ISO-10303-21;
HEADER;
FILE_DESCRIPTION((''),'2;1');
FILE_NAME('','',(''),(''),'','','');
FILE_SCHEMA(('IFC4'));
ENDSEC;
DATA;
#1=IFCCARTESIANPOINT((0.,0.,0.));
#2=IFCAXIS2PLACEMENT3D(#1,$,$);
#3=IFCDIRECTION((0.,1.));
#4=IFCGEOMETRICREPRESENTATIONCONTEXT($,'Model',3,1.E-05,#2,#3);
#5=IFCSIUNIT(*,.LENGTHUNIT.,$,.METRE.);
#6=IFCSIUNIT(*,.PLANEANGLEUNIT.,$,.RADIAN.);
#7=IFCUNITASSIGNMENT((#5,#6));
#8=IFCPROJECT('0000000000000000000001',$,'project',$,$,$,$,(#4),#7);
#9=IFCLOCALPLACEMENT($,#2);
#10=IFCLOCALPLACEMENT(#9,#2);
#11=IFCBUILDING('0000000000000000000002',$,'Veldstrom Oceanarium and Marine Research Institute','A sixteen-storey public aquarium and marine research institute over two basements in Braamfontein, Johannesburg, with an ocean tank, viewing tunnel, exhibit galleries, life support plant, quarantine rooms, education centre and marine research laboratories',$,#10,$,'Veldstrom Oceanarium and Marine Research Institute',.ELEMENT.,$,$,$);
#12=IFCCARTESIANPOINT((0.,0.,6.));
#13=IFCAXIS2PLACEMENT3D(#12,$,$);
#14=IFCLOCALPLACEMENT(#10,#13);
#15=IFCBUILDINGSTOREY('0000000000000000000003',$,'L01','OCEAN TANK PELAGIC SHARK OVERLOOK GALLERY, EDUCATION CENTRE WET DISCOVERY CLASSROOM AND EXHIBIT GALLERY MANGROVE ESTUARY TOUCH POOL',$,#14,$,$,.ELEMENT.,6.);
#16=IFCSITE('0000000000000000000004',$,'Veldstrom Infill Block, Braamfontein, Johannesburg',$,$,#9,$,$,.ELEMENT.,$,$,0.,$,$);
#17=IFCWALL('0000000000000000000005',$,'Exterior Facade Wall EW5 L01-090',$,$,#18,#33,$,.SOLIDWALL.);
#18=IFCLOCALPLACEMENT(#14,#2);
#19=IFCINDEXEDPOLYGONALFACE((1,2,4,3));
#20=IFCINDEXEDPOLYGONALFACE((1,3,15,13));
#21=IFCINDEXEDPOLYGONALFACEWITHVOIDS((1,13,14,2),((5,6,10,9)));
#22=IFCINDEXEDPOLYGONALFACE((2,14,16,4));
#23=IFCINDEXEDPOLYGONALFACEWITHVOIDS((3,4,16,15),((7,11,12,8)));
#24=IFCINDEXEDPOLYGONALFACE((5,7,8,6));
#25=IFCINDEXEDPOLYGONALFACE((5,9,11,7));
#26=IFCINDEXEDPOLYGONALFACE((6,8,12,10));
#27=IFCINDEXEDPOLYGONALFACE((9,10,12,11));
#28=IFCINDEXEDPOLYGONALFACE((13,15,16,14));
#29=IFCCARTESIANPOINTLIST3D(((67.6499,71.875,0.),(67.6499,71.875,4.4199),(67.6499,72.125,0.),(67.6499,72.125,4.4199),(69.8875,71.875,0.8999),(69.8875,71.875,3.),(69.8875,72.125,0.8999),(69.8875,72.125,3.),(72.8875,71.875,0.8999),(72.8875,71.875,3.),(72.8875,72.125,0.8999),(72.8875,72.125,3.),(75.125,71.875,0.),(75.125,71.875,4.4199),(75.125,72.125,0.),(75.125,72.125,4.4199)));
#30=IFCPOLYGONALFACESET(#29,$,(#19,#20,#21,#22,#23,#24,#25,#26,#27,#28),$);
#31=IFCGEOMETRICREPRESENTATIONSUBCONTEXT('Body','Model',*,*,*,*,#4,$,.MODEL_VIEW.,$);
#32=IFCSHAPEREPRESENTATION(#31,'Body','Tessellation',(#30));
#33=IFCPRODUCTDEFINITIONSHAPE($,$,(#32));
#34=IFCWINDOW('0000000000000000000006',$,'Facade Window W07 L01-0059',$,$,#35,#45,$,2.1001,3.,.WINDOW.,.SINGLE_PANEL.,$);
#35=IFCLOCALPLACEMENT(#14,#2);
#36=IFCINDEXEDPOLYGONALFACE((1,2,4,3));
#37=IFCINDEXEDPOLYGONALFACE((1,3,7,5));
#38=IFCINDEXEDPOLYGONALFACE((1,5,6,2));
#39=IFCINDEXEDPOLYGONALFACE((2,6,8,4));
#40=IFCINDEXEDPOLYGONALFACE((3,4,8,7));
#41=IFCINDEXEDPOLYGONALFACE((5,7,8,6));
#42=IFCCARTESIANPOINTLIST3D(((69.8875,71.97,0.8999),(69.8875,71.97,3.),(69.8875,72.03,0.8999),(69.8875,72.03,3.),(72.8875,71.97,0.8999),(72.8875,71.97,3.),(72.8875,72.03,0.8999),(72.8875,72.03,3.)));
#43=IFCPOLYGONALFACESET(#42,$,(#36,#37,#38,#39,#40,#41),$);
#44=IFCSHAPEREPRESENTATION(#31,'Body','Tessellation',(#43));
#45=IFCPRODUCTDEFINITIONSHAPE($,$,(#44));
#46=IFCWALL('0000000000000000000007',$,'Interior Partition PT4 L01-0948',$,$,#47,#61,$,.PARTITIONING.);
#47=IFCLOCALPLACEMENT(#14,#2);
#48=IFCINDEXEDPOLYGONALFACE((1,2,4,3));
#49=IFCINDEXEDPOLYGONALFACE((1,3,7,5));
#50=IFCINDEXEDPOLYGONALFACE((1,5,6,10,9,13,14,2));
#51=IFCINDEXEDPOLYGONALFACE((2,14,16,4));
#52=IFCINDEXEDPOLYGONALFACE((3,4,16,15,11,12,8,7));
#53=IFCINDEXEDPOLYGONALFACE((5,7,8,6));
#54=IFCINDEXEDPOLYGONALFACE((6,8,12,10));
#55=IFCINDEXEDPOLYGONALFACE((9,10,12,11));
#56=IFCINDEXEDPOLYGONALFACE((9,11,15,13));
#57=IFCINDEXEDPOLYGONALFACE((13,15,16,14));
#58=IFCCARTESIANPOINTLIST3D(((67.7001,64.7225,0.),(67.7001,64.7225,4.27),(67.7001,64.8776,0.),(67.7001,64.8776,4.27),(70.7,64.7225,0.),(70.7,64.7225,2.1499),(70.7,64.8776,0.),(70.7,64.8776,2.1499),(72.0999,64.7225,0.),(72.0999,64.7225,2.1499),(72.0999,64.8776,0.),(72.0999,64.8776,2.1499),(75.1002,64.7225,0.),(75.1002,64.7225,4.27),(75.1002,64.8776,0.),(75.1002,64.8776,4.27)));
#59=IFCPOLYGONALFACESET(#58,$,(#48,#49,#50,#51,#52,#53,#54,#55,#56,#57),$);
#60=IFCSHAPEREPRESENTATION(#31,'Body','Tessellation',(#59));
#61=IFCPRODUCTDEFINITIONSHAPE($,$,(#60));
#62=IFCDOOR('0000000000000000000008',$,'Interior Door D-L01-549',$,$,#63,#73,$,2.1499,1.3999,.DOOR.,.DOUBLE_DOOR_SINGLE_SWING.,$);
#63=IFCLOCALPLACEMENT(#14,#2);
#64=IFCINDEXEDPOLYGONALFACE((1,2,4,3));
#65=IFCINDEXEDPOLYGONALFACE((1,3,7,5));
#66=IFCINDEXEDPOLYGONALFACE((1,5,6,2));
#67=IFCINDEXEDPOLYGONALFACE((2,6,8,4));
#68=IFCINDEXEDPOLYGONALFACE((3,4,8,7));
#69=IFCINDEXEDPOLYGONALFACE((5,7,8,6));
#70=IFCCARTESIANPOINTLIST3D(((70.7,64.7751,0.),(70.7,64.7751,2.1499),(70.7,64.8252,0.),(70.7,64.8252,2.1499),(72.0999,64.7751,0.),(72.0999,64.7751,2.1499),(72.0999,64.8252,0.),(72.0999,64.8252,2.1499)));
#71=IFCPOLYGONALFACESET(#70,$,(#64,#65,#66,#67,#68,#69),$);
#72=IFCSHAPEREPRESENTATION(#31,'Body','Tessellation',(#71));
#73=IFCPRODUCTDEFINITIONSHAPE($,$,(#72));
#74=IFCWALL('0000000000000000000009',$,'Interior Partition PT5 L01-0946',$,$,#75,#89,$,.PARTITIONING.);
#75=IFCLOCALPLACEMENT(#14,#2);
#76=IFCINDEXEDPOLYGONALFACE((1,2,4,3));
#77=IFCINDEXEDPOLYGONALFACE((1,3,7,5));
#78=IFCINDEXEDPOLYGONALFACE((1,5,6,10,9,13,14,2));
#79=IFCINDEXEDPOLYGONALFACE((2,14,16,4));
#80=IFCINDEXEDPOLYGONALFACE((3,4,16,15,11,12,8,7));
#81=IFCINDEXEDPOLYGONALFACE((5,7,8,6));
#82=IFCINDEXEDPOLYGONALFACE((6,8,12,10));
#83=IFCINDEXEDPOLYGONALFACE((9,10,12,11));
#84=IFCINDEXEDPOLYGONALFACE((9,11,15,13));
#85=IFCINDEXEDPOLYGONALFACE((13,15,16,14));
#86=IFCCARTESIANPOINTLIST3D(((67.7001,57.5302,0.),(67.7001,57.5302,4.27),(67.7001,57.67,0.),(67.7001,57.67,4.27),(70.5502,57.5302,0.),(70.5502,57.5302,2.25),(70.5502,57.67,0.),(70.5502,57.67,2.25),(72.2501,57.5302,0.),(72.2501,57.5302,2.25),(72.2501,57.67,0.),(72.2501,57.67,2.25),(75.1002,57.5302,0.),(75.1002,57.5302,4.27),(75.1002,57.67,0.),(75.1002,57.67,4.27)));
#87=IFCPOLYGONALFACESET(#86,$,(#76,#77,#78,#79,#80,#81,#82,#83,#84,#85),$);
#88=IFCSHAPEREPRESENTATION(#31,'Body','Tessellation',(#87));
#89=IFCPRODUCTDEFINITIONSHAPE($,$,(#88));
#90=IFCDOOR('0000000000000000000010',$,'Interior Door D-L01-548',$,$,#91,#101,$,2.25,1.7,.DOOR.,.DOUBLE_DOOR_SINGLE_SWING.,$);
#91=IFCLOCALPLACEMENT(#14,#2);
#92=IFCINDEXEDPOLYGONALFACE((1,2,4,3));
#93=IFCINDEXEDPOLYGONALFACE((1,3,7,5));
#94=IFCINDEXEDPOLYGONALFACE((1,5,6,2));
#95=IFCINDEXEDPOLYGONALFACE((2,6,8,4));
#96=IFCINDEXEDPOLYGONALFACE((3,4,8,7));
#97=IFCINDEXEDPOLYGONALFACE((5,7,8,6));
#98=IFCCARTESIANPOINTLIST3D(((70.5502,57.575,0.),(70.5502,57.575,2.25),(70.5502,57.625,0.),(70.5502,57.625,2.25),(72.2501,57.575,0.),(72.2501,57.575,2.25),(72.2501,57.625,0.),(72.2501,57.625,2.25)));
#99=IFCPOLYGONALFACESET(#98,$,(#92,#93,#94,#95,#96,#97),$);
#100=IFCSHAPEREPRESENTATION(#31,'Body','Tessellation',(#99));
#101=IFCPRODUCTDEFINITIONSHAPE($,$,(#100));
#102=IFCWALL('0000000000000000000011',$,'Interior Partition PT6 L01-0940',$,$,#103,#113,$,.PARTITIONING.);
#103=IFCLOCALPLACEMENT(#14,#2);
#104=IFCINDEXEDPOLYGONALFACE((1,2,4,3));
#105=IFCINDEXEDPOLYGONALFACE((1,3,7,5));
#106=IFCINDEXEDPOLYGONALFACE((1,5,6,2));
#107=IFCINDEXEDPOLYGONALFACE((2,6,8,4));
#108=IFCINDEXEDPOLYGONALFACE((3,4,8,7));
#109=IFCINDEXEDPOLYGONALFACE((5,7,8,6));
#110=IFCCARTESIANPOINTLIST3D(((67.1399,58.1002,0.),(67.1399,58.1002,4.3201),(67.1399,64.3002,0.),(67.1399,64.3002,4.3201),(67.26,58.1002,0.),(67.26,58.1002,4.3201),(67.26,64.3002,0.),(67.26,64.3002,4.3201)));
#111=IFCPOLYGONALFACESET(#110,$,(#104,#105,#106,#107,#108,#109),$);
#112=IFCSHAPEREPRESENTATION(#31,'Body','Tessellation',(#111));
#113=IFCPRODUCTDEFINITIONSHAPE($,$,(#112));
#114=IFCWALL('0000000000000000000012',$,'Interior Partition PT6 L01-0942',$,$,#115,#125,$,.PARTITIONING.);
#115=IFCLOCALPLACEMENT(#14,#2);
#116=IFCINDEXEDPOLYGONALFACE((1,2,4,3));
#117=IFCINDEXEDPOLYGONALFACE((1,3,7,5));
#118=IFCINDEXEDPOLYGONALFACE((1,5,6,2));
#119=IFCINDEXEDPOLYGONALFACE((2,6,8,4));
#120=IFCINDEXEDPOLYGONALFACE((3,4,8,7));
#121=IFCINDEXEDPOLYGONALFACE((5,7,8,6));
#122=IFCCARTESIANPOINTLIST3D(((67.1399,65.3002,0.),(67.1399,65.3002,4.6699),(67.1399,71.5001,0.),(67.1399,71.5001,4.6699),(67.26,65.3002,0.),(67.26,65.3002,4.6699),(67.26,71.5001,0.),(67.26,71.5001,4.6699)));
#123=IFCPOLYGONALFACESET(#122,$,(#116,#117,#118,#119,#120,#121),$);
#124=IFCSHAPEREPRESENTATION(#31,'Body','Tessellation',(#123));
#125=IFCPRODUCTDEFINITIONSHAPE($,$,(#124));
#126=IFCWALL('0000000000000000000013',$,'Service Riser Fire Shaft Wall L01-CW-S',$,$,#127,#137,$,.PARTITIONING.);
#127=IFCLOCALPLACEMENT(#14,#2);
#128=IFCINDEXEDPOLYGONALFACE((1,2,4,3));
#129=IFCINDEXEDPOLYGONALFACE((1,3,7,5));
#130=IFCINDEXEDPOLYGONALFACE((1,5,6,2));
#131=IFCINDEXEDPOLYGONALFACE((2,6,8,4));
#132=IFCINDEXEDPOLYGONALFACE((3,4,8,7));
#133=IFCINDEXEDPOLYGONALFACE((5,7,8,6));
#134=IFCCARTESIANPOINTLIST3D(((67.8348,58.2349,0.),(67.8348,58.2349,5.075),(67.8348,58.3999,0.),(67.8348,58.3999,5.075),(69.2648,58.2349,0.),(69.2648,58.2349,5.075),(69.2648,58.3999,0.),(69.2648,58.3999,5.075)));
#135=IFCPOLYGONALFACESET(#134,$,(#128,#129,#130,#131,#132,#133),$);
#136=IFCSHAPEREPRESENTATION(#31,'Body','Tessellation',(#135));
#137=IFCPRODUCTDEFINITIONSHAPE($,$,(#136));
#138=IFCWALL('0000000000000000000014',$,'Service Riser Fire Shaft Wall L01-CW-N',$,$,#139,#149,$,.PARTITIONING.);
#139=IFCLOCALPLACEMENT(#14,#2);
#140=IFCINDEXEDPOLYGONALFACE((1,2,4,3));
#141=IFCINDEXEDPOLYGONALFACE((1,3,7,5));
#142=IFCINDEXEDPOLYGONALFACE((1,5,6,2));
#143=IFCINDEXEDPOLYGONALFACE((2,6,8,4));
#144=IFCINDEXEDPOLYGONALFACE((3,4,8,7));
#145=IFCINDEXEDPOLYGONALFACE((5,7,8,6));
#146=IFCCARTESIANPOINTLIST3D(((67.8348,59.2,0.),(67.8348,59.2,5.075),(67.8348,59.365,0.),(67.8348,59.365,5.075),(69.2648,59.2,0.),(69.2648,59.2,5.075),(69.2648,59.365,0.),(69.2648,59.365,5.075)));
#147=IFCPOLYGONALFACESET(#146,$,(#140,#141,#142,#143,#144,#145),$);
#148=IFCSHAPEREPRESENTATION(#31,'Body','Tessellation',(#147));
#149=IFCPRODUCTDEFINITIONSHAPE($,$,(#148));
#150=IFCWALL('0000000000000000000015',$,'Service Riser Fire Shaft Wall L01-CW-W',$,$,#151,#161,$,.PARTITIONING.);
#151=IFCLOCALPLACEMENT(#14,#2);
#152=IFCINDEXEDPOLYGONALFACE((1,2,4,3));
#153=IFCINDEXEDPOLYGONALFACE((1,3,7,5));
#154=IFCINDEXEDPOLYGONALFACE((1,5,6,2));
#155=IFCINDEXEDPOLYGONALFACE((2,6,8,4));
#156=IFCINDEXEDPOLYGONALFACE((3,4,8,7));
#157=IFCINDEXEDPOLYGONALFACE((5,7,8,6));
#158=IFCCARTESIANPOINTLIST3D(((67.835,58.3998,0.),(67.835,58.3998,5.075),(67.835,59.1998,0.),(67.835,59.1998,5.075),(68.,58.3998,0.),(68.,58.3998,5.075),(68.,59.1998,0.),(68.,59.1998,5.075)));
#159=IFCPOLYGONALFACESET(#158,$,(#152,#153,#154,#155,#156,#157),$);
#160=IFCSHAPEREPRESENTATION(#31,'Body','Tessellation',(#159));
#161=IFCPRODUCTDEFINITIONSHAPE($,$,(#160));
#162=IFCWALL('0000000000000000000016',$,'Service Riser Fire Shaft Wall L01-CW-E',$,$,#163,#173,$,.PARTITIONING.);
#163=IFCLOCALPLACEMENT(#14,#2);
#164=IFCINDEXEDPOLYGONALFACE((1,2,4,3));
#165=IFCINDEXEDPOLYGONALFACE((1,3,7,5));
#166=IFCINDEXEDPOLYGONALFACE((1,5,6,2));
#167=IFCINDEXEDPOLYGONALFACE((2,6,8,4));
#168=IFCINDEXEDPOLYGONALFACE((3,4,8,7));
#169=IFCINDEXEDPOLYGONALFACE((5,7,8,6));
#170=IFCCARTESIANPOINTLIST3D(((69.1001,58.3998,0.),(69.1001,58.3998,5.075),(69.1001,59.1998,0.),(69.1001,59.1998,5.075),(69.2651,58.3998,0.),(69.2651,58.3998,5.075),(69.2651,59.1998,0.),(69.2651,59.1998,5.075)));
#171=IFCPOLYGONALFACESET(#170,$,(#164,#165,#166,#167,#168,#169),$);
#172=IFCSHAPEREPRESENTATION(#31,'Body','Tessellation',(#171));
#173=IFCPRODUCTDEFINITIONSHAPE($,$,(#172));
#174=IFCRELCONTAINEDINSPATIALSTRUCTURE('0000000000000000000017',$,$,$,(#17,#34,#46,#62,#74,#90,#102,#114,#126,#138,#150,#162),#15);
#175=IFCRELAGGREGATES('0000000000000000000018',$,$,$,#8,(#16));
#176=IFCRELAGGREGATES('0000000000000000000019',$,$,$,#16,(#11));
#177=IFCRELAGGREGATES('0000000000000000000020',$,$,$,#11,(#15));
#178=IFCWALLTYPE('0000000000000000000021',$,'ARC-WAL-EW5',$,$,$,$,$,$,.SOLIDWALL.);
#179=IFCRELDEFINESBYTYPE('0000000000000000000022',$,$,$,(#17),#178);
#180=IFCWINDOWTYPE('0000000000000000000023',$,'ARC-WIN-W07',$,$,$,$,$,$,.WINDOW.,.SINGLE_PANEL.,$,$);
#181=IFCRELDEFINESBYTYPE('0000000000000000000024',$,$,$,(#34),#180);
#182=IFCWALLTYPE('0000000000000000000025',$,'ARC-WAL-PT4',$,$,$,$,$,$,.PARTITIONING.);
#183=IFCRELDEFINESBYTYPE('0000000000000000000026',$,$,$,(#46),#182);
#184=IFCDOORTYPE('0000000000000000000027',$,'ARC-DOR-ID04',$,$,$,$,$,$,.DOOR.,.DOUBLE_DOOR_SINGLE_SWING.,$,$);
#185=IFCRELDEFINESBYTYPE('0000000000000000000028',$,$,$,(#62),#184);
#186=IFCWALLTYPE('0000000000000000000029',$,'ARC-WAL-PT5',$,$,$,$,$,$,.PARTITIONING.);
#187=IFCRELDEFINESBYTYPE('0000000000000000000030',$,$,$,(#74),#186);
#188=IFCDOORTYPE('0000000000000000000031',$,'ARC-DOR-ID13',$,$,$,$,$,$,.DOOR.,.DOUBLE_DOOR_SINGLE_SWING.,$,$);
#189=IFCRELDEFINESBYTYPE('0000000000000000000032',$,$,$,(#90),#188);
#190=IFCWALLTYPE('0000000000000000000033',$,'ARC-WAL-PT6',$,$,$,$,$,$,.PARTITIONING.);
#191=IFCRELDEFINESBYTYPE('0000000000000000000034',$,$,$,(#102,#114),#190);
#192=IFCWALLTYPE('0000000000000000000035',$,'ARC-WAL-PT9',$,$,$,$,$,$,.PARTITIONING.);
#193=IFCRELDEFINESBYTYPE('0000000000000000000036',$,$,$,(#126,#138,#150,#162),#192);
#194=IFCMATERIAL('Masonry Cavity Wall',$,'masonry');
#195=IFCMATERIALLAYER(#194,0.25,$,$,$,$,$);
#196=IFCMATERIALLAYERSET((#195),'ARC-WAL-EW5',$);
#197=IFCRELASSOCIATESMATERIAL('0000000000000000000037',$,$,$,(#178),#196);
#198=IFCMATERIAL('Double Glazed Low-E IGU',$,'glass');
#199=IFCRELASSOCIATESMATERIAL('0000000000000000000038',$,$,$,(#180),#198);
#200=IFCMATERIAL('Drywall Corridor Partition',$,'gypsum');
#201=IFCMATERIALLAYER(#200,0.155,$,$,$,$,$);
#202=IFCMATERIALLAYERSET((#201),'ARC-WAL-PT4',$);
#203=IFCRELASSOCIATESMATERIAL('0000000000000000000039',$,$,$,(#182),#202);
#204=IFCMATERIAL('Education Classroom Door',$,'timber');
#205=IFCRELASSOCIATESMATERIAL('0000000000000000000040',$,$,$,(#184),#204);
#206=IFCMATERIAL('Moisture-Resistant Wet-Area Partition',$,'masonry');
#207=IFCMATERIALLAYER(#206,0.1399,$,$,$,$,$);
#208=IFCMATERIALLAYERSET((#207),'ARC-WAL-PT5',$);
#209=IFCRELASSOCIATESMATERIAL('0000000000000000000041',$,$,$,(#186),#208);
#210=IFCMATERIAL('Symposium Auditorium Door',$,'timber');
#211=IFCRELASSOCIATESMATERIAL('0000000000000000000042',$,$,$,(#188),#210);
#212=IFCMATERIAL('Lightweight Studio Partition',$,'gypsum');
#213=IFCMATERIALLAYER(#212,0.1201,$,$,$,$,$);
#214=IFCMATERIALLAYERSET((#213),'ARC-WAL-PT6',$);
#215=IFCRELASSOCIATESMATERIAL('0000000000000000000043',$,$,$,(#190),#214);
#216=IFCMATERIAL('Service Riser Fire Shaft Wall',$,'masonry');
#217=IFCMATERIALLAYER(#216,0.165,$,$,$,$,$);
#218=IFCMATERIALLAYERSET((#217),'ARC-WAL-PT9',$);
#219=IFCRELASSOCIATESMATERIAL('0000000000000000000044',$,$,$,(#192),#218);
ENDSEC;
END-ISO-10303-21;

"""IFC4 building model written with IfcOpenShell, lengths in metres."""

from ifc_helpers import new_model, si_unit, direction, frame, frame_2d, origin, place, context, subcontext, project, spatial, rectangle, extrude, material, layer, layer_set, type_object, element, fill, save


model = new_model("IFC4")

# Units and contexts
model_context = context("Model", 3, precision=1e-05, world=origin(), true_north=direction((0.0, 1.0)))
body_context = subcontext(model_context, "Body", "Model", "MODEL_VIEW")
ifc_project = project(units=[si_unit("LENGTHUNIT", "METRE"), si_unit("PLANEANGLEUNIT", "RADIAN")], contexts=[model_context])

# Site, building, storey
site_placement = place(None, origin())
site = spatial("IfcSite", under=ifc_project, at=site_placement, Name="Veldstrom Infill Block, Braamfontein, Johannesburg", CompositionType="ELEMENT", RefElevation=0.0)
building_placement = place(site_placement, origin())
building = spatial("IfcBuilding", under=site, at=building_placement, Name="Veldstrom Oceanarium and Marine Research Institute", Description="A sixteen-storey public aquarium and marine research institute over two basements in Braamfontein, Johannesburg, with an ocean tank, viewing tunnel, exhibit galleries, life support plant, quarantine rooms, education centre and marine research laboratories", LongName="Veldstrom Oceanarium and Marine Research Institute", CompositionType="ELEMENT")
storey_placement = place(building_placement, frame((0.0, 0.0, 6.0)))
storey = spatial("IfcBuildingStorey", under=building, at=storey_placement, Name="L01", Description="OCEAN TANK PELAGIC SHARK OVERLOOK GALLERY, EDUCATION CENTRE WET DISCOVERY CLASSROOM AND EXHIBIT GALLERY MANGROVE ESTUARY TOUCH POOL", CompositionType="ELEMENT", Elevation=6.0)

# Wall, opening, window
ifc_material_1 = material(Name="Masonry Cavity Wall", Category="masonry")
ifc_layer_1 = layer(ifc_material_1, 0.25)
ifc_layer_set_1 = layer_set([ifc_layer_1], Name="ARC-WAL-EW5")
wall_type_1 = type_object("IfcWallType", Name="ARC-WAL-EW5", PredefinedType="SOLIDWALL", material=ifc_layer_set_1)
wall_1_placement = place(storey_placement, frame((67.6499, 72.0, 0.0), z_axis=(0.0, 0.0, 1.0), x_axis=(1.0, 0.0, 0.0)))
wall_1 = element("IfcWall", 1, at=wall_1_placement, inside=storey, type_object=wall_type_1, Name="Exterior Facade Wall EW5 L01-090", PredefinedType="SOLIDWALL", context=body_context, shape_type="SweptSolid", body=[
    extrude(rectangle(XDim=7.4751, YDim=0.25, at=frame_2d((3.7375, 0.0))), origin(), (0.0, 0.0, 1.0), 4.4199),
])
opening_1_placement = place(wall_1_placement, frame((2.2375, 0.0, 0.8999)))
opening_1 = element("IfcOpeningElement", 2, at=opening_1_placement, cuts=wall_1, PredefinedType="OPENING", context=body_context, shape_type="SweptSolid", body=[
    extrude(rectangle(XDim=3.0, YDim=2.1001, at=frame_2d((1.5, 1.05))), frame((0.0, 0.135, 0.0), z_axis=(0.0, -1.0, 0.0), x_axis=(1.0, 0.0, 0.0)), (0.0, 0.0, 1.0), 0.27),
])
ifc_material_2 = material(Name="Double Glazed Low-E IGU", Category="glass")
window_type = type_object("IfcWindowType", Name="ARC-WIN-W07", PartitioningType="SINGLE_PANEL", PredefinedType="WINDOW", material=ifc_material_2)
window_placement = place(opening_1_placement, origin())
window = element("IfcWindow", 3, at=window_placement, inside=storey, type_object=window_type, Name="Facade Window W07 L01-0059", OverallHeight=2.1001, OverallWidth=3.0, PartitioningType="SINGLE_PANEL", PredefinedType="WINDOW", context=body_context, shape_type="SweptSolid", body=[
    extrude(rectangle(XDim=3.0, YDim=2.1001, at=frame_2d((1.5, 1.05))), frame((0.0, 0.03, 0.0), z_axis=(0.0, -1.0, 0.0), x_axis=(1.0, 0.0, 0.0)), (0.0, 0.0, 1.0), 0.0601),
])
fill(opening_1, window)

# Walls, openings, doors
ifc_material_3 = material(Name="Drywall Corridor Partition", Category="gypsum")
ifc_layer_2 = layer(ifc_material_3, 0.155)
ifc_layer_set_2 = layer_set([ifc_layer_2], Name="ARC-WAL-PT4")
wall_type_2 = type_object("IfcWallType", Name="ARC-WAL-PT4", PredefinedType="PARTITIONING", material=ifc_layer_set_2)
wall_2_placement = place(storey_placement, frame((67.7, 64.8, 0.0), z_axis=(0.0, 0.0, 1.0), x_axis=(1.0, 0.0, 0.0)))
wall_2 = element("IfcWall", 4, at=wall_2_placement, inside=storey, type_object=wall_type_2, Name="Interior Partition PT4 L01-0948", PredefinedType="PARTITIONING", context=body_context, shape_type="SweptSolid", body=[
    extrude(rectangle(XDim=7.4001, YDim=0.155, at=frame_2d((3.7002, 0.0))), origin(), (0.0, 0.0, 1.0), 4.27),
])
opening_2_placement = place(wall_2_placement, frame((3.0, 0.0, 0.0)))
opening_2 = element("IfcOpeningElement", 5, at=opening_2_placement, cuts=wall_2, PredefinedType="OPENING", context=body_context, shape_type="SweptSolid", body=[
    extrude(rectangle(XDim=1.3999, YDim=2.1499, at=frame_2d((0.7, 1.075))), frame((0.0, 0.0874, 0.0), z_axis=(0.0, -1.0, 0.0), x_axis=(1.0, 0.0, 0.0)), (0.0, 0.0, 1.0), 0.175),
])
ifc_material_4 = material(Name="Education Classroom Door", Category="timber")
door_type_1 = type_object("IfcDoorType", Name="ARC-DOR-ID04", OperationType="DOUBLE_DOOR_SINGLE_SWING", PredefinedType="DOOR", material=ifc_material_4)
door_1_placement = place(opening_2_placement, frame((1.3999, 0.0, 0.0), z_axis=(0.0, 0.0, 1.0), x_axis=(-1.0, 0.0, 0.0)))
door_1 = element("IfcDoor", 6, at=door_1_placement, inside=storey, type_object=door_type_1, Name="Interior Door D-L01-549", OperationType="DOUBLE_DOOR_SINGLE_SWING", OverallHeight=2.1499, OverallWidth=1.3999, PredefinedType="DOOR", context=body_context, shape_type="SweptSolid", body=[
    extrude(rectangle(XDim=1.3999, YDim=2.1499, at=frame_2d((0.7, 1.075))), frame((0.0, 0.0249, 0.0), z_axis=(0.0, -1.0, 0.0), x_axis=(1.0, 0.0, 0.0)), (0.0, 0.0, 1.0), 0.05),
])
fill(opening_2, door_1)
ifc_material_5 = material(Name="Moisture-Resistant Wet-Area Partition", Category="masonry")
ifc_layer_3 = layer(ifc_material_5, 0.1399)
ifc_layer_set_3 = layer_set([ifc_layer_3], Name="ARC-WAL-PT5")
wall_type_3 = type_object("IfcWallType", Name="ARC-WAL-PT5", PredefinedType="PARTITIONING", material=ifc_layer_set_3)
wall_3_placement = place(storey_placement, frame((67.7, 57.6001, 0.0), z_axis=(0.0, 0.0, 1.0), x_axis=(1.0, 0.0, 0.0)))
wall_3 = element("IfcWall", 7, at=wall_3_placement, inside=storey, type_object=wall_type_3, Name="Interior Partition PT5 L01-0946", PredefinedType="PARTITIONING", context=body_context, shape_type="SweptSolid", body=[
    extrude(rectangle(XDim=7.4001, YDim=0.1399, at=frame_2d((3.7002, 0.0))), origin(), (0.0, 0.0, 1.0), 4.27),
])
opening_3_placement = place(wall_3_placement, frame((2.8501, 0.0, 0.0)))
opening_3 = element("IfcOpeningElement", 8, at=opening_3_placement, cuts=wall_3, PredefinedType="OPENING", context=body_context, shape_type="SweptSolid", body=[
    extrude(rectangle(XDim=1.7, YDim=2.25, at=frame_2d((0.8501, 1.125))), frame((0.0, 0.0798, 0.0), z_axis=(0.0, -1.0, 0.0), x_axis=(1.0, 0.0, 0.0)), (0.0, 0.0, 1.0), 0.1599),
])
ifc_material_6 = material(Name="Symposium Auditorium Door", Category="timber")
door_type_2 = type_object("IfcDoorType", Name="ARC-DOR-ID13", OperationType="DOUBLE_DOOR_SINGLE_SWING", PredefinedType="DOOR", material=ifc_material_6)
door_2_placement = place(opening_3_placement, origin())
door_2 = element("IfcDoor", 9, at=door_2_placement, inside=storey, type_object=door_type_2, Name="Interior Door D-L01-548", OperationType="DOUBLE_DOOR_SINGLE_SWING", OverallHeight=2.25, OverallWidth=1.7, PredefinedType="DOOR", context=body_context, shape_type="SweptSolid", body=[
    extrude(rectangle(XDim=1.7, YDim=2.25, at=frame_2d((0.8501, 1.125))), frame((0.0, 0.0249, 0.0), z_axis=(0.0, -1.0, 0.0), x_axis=(1.0, 0.0, 0.0)), (0.0, 0.0, 1.0), 0.05),
])
fill(opening_3, door_2)

# Walls
ifc_material_7 = material(Name="Lightweight Studio Partition", Category="gypsum")
ifc_layer_4 = layer(ifc_material_7, 0.1201)
ifc_layer_set_4 = layer_set([ifc_layer_4], Name="ARC-WAL-PT6")
wall_type_4 = type_object("IfcWallType", Name="ARC-WAL-PT6", PredefinedType="PARTITIONING", material=ifc_layer_set_4)
wall_4_placement = place(storey_placement, frame((67.2, 58.1001, 0.0), z_axis=(0.0, 0.0, 1.0), x_axis=(0.0, 1.0, 0.0)))
element("IfcWall", 10, at=wall_4_placement, inside=storey, type_object=wall_type_4, Name="Interior Partition PT6 L01-0940", PredefinedType="PARTITIONING", context=body_context, shape_type="SweptSolid", body=[
    extrude(rectangle(XDim=6.2, YDim=0.1201, at=frame_2d((3.1001, 0.0))), origin(), (0.0, 0.0, 1.0), 4.3201),
])
wall_5_placement = place(storey_placement, frame((67.2, 65.3, 0.0), z_axis=(0.0, 0.0, 1.0), x_axis=(0.0, 1.0, 0.0)))
element("IfcWall", 11, at=wall_5_placement, inside=storey, type_object=wall_type_4, Name="Interior Partition PT6 L01-0942", PredefinedType="PARTITIONING", context=body_context, shape_type="SweptSolid", body=[
    extrude(rectangle(XDim=6.2, YDim=0.1201, at=frame_2d((3.1001, 0.0))), origin(), (0.0, 0.0, 1.0), 4.6699),
])
ifc_material_8 = material(Name="Service Riser Fire Shaft Wall", Category="masonry")
ifc_layer_5 = layer(ifc_material_8, 0.165)
ifc_layer_set_5 = layer_set([ifc_layer_5], Name="ARC-WAL-PT9")
wall_type_5 = type_object("IfcWallType", Name="ARC-WAL-PT9", PredefinedType="PARTITIONING", material=ifc_layer_set_5)
for number, where, z_axis, x_axis, name in (
    (12, (67.835, 58.3174, 0.0), (0.0, 0.0, 1.0), (1.0, 0.0, 0.0), "Service Riser Fire Shaft Wall L01-CW-S"),
    (13, (67.835, 59.2825, 0.0), (0.0, 0.0, 1.0), (1.0, 0.0, 0.0), "Service Riser Fire Shaft Wall L01-CW-N"),
):
    element("IfcWall", number, at=place(storey_placement, frame(where, z_axis=z_axis, x_axis=x_axis)), inside=storey, type_object=wall_type_5, Name=name, PredefinedType="PARTITIONING", context=body_context, shape_type="SweptSolid", body=[
        extrude(rectangle(XDim=1.4299, YDim=0.165, at=frame_2d((0.7148, 0.0))), origin(), (0.0, 0.0, 1.0), 5.075),
    ])
for number, where, z_axis, x_axis, name in (
    (14, (67.9175, 58.3999, 0.0), (0.0, 0.0, 1.0), (0.0, 1.0, 0.0), "Service Riser Fire Shaft Wall L01-CW-W"),
    (15, (69.1826, 58.3999, 0.0), (0.0, 0.0, 1.0), (0.0, 1.0, 0.0), "Service Riser Fire Shaft Wall L01-CW-E"),
):
    element("IfcWall", number, at=place(storey_placement, frame(where, z_axis=z_axis, x_axis=x_axis)), inside=storey, type_object=wall_type_5, Name=name, PredefinedType="PARTITIONING", context=body_context, shape_type="SweptSolid", body=[
        extrude(rectangle(XDim=0.8, YDim=0.165, at=frame_2d((0.3999, 0.0))), origin(), (0.0, 0.0, 1.0), 5.075),
    ])

save(model, "model.ifc")
